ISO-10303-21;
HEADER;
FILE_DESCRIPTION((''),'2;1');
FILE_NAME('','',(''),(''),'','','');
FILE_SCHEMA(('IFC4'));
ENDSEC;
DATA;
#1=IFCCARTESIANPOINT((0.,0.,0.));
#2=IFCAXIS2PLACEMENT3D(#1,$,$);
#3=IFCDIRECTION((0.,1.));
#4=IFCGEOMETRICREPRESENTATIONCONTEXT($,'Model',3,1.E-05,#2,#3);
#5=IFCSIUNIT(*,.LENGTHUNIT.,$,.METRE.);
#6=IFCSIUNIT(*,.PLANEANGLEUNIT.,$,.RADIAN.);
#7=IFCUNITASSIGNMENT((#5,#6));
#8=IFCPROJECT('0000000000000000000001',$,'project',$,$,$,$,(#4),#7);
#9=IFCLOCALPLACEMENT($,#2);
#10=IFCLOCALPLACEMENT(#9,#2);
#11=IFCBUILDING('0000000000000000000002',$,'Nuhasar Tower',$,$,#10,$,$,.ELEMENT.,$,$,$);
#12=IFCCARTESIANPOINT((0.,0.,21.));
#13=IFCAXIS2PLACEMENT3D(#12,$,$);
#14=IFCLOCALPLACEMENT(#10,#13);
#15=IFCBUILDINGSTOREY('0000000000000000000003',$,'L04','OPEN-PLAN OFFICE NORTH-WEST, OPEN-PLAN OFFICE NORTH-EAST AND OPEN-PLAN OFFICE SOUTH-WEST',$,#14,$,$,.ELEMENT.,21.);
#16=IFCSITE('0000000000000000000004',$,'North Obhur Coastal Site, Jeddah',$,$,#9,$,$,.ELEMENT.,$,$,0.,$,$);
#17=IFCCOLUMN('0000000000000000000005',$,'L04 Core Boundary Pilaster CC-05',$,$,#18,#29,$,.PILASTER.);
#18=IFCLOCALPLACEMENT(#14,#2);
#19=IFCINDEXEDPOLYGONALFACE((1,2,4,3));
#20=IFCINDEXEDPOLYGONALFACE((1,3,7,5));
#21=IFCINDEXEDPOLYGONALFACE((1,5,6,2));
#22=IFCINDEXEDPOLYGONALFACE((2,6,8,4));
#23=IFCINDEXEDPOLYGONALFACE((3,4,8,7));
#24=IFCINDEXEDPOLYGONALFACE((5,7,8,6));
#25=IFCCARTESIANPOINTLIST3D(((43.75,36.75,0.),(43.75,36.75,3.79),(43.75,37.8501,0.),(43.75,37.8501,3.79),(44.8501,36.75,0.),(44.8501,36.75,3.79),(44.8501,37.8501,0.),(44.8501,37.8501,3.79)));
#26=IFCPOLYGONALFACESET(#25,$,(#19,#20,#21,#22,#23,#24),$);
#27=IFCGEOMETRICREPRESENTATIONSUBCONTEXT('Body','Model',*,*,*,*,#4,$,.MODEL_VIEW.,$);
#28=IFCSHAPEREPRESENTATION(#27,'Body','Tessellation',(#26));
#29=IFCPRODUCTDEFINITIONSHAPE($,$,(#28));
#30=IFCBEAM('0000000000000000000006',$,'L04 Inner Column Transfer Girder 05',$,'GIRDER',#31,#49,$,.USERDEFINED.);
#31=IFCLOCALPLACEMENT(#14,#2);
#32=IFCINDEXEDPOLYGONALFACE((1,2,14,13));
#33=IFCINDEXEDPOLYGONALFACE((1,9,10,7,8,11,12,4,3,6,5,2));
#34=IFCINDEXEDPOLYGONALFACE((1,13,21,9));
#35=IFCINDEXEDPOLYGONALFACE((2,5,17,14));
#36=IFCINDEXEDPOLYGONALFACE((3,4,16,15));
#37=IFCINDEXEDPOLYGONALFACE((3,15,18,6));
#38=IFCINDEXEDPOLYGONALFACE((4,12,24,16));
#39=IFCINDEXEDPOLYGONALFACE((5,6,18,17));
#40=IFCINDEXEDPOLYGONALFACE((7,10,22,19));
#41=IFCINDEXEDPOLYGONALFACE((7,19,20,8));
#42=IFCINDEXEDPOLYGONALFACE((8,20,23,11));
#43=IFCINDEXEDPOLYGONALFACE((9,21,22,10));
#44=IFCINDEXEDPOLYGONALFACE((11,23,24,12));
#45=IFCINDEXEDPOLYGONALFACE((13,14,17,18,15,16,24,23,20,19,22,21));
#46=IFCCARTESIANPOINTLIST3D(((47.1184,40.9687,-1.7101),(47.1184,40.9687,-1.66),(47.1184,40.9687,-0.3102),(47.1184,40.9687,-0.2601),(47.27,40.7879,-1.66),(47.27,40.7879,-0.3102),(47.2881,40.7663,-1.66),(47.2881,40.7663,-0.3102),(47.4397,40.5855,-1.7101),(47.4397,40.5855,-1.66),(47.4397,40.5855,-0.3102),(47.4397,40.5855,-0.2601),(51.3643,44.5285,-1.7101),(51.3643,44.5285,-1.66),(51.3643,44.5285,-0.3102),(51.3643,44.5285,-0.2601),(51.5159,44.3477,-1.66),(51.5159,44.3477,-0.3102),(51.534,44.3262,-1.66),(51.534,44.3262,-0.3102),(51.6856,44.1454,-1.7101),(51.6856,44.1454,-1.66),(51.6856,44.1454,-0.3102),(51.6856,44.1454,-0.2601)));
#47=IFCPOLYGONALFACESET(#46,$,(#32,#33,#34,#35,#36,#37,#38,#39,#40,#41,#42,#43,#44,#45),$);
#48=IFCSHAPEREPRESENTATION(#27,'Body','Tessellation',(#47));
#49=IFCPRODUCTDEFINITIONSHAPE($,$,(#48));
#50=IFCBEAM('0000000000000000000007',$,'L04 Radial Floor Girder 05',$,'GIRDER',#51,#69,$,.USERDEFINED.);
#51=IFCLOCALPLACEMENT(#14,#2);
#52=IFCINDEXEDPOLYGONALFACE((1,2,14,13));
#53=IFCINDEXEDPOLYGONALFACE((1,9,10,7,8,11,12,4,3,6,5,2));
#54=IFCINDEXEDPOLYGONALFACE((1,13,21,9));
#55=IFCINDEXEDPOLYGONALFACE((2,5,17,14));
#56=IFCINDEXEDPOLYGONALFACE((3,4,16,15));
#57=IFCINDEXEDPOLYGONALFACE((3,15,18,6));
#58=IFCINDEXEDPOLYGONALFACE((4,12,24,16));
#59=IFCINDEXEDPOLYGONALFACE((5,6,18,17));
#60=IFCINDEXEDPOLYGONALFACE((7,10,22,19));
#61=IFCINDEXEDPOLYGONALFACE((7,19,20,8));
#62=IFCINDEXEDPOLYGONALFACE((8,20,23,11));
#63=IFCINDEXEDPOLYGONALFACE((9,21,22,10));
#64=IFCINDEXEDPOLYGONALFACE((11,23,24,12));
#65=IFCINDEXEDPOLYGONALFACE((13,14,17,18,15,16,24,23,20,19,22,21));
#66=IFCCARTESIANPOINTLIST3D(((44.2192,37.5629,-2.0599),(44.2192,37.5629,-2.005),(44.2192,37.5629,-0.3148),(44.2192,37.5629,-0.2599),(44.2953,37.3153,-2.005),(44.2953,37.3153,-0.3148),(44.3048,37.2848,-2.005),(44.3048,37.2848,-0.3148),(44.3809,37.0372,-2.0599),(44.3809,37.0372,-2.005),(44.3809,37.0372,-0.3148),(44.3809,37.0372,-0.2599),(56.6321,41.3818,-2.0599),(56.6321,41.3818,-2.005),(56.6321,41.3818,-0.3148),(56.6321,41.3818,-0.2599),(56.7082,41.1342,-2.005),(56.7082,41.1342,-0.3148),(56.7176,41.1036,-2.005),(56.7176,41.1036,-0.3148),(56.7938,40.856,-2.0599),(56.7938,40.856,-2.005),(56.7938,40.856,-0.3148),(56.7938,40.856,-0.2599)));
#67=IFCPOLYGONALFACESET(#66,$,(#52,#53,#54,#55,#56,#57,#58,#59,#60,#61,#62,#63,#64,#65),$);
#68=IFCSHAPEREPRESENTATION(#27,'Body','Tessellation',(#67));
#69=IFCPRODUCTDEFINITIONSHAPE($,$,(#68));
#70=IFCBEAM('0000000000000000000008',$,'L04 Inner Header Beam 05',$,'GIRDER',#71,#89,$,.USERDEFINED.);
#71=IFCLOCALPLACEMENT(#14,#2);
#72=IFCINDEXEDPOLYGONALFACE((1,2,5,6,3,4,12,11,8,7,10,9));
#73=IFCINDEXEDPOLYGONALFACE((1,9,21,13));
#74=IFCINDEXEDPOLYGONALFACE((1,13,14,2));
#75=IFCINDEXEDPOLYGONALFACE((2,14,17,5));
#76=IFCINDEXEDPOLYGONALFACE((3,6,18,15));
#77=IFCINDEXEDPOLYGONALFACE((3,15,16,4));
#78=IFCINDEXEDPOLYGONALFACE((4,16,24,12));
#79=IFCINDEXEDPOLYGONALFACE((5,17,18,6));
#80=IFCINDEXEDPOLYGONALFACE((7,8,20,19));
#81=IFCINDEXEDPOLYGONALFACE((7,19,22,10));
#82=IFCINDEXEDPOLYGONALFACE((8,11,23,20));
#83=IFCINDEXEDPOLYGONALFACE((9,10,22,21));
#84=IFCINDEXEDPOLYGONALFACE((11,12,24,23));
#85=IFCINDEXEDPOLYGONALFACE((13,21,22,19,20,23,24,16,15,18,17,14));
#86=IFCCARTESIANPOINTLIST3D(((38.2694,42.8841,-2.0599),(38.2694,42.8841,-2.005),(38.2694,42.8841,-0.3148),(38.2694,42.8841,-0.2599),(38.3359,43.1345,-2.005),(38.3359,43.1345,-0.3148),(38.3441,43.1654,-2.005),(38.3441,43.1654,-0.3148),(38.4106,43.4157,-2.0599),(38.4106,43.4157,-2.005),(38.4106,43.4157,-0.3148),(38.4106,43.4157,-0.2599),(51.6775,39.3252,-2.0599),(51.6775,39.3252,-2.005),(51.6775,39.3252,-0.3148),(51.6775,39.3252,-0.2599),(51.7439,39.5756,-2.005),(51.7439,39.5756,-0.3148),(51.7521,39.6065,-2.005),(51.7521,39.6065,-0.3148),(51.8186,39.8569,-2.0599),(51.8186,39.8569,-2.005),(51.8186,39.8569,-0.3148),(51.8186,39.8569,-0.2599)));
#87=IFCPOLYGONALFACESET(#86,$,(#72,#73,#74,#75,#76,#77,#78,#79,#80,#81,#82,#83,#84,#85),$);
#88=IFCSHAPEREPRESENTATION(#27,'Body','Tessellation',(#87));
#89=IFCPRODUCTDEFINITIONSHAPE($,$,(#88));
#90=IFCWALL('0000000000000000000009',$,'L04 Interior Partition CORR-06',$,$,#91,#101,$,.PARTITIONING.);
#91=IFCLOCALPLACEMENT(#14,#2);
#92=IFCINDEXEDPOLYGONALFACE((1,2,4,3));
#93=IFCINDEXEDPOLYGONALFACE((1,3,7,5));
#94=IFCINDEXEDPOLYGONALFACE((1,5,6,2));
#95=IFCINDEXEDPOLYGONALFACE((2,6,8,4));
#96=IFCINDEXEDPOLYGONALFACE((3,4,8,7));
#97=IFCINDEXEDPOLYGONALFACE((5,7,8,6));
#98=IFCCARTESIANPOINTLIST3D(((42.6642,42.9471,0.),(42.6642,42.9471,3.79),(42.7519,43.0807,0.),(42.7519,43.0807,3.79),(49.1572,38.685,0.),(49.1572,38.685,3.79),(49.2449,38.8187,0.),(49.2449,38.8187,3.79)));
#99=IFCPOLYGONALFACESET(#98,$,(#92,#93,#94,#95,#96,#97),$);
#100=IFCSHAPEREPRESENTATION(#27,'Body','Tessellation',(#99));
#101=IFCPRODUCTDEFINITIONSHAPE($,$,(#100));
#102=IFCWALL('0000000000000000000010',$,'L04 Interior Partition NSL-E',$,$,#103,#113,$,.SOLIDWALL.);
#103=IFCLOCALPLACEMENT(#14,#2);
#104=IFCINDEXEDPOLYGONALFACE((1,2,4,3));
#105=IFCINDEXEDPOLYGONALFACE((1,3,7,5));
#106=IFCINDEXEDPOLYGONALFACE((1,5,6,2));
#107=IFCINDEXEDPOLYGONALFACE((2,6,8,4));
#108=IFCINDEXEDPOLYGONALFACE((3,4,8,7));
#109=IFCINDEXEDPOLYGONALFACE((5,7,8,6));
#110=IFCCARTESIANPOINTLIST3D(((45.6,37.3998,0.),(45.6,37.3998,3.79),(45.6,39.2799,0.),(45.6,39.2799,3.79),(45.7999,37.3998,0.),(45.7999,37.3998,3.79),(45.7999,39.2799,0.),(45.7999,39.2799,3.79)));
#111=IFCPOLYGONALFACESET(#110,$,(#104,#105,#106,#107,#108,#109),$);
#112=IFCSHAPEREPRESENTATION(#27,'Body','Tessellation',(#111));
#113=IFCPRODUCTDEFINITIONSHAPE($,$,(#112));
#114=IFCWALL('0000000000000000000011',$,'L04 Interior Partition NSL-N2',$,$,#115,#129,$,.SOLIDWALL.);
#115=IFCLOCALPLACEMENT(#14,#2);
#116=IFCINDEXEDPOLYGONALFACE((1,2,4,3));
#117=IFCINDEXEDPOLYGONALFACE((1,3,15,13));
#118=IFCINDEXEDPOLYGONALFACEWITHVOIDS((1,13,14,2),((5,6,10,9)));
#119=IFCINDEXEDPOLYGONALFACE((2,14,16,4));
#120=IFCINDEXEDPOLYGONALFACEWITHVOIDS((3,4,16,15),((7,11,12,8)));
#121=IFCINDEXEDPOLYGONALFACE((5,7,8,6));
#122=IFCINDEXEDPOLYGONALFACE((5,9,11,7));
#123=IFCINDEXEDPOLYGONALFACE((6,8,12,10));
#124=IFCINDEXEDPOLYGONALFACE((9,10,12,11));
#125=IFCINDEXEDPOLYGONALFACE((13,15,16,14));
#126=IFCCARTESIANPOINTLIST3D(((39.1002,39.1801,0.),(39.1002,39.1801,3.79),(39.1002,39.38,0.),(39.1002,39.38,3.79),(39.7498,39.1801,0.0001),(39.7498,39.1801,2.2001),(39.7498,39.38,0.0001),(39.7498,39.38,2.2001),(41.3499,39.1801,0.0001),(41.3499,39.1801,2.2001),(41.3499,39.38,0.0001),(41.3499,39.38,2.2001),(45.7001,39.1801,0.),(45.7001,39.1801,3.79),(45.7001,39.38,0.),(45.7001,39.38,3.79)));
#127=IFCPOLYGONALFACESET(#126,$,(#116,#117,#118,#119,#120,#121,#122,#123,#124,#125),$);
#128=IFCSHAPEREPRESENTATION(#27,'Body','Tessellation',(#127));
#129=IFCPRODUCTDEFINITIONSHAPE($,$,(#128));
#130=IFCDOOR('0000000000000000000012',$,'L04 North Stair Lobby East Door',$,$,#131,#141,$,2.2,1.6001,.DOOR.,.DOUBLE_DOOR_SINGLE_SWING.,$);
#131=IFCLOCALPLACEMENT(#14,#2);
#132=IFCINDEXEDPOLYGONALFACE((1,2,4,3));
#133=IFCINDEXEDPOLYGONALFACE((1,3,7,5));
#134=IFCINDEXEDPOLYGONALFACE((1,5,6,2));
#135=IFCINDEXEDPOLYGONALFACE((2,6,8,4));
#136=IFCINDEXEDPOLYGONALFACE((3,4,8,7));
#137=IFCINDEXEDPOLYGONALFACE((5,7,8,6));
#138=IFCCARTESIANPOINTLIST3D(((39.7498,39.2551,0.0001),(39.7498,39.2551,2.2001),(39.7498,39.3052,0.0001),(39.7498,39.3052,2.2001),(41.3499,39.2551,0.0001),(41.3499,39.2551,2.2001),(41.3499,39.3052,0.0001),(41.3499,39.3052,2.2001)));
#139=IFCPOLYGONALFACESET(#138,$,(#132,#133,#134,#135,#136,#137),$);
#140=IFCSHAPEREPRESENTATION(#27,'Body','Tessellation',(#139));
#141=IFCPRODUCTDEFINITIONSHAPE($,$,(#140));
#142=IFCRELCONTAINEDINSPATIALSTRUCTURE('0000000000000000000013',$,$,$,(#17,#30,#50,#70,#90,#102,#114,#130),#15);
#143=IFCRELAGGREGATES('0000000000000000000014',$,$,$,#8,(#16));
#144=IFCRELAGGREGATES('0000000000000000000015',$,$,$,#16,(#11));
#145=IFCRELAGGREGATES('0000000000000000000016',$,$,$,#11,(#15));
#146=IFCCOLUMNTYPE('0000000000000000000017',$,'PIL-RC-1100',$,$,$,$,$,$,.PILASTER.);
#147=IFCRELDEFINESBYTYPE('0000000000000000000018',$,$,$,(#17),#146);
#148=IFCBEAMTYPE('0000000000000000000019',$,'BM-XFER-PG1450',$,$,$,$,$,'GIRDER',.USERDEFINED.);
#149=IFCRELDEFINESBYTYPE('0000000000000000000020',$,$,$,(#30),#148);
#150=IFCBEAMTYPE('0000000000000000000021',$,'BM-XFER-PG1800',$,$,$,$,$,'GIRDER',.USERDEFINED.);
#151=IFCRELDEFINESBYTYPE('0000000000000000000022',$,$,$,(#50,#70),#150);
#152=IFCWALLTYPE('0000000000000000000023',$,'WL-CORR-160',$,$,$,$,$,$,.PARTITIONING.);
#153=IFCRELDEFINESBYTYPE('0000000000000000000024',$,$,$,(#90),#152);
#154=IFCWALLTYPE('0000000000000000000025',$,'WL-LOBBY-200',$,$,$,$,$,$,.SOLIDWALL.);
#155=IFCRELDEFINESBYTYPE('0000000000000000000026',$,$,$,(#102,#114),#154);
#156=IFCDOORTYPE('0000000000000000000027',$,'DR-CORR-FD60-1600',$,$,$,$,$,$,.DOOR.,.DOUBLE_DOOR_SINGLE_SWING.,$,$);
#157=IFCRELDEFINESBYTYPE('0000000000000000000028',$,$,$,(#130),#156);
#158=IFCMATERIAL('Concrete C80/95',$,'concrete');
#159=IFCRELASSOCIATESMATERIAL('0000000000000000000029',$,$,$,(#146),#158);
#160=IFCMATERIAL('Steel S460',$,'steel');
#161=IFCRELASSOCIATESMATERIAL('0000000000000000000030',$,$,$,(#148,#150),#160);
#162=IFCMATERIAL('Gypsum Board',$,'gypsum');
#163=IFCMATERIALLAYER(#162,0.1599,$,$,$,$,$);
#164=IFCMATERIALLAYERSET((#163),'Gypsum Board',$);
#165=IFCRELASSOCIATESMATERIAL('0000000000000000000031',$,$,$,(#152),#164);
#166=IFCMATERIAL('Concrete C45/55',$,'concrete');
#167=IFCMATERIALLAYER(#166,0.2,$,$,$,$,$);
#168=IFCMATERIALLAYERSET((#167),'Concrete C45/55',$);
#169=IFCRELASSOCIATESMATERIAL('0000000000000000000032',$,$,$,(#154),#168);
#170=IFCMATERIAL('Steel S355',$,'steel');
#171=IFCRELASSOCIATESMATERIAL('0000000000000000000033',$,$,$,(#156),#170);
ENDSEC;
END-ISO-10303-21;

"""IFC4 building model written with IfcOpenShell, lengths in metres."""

from ifc_helpers import new_model, si_unit, direction, frame, frame_2d, origin, origin_2d, place, context, subcontext, project, spatial, rectangle, i_section, extrude, material, layer, layer_set, material_profile, profile_set, type_object, element, fill, save


model = new_model("IFC4")

# Units and contexts
model_context = context("Model", 3, precision=1e-05, world=origin(), true_north=direction((0.0, 1.0)))
body_context = subcontext(model_context, "Body", "Model", "MODEL_VIEW")
ifc_project = project(units=[si_unit("LENGTHUNIT", "METRE"), si_unit("PLANEANGLEUNIT", "RADIAN")], contexts=[model_context])

# Site, building, storey
site_placement = place(None, origin())
site = spatial("IfcSite", under=ifc_project, at=site_placement, Name="North Obhur Coastal Site, Jeddah", CompositionType="ELEMENT", RefElevation=0.0)
building_placement = place(site_placement, origin())
building = spatial("IfcBuilding", under=site, at=building_placement, Name="Nuhasar Tower", CompositionType="ELEMENT")
storey_placement = place(building_placement, frame((0.0, 0.0, 21.0)))
storey = spatial("IfcBuildingStorey", under=building, at=storey_placement, Name="L04", Description="OPEN-PLAN OFFICE NORTH-WEST, OPEN-PLAN OFFICE NORTH-EAST AND OPEN-PLAN OFFICE SOUTH-WEST", CompositionType="ELEMENT", Elevation=21.0)

# Column
ifc_material_1 = material(Name="Concrete C80/95", Category="concrete")
ifc_material_profile_1 = material_profile(ifc_material_1, rectangle(XDim=1.1001, YDim=1.1001, at=origin_2d()), Name="RC1100X1100")
ifc_profile_set_1 = profile_set([ifc_material_profile_1], Name="Concrete C80/95")
column_type = type_object("IfcColumnType", Name="PIL-RC-1100", PredefinedType="PILASTER", material=ifc_profile_set_1)
column_placement = place(storey_placement, frame((44.3, 37.3, 0.0), z_axis=(0.0, 0.0, 1.0), x_axis=(1.0, 0.0, 0.0)))
element("IfcColumn", 1, at=column_placement, inside=storey, type_object=column_type, Name="L04 Core Boundary Pilaster CC-05", PredefinedType="PILASTER", context=body_context, shape_type="SweptSolid", body=[
    extrude(rectangle(XDim=1.1001, YDim=1.1001, at=origin_2d()), origin(), (0.0, 0.0, 1.0), 3.79),
])

# Beams
ifc_material_2 = material(Name="Steel S460", Category="steel")
ifc_material_profile_2 = material_profile(ifc_material_2, i_section(OverallWidth=0.5, OverallDepth=1.45, WebThickness=0.0281, FlangeThickness=0.05, at=origin_2d()), Name="PG1450X500")
ifc_profile_set_2 = profile_set([ifc_material_profile_2], Name="Steel S460")
beam_type_1 = type_object("IfcBeamType", Name="BM-XFER-PG1450", ElementType="GIRDER", PredefinedType="USERDEFINED", material=ifc_profile_set_2)
beam_1_placement = place(storey_placement, frame((47.2791, 40.7771, -0.9851), z_axis=(0.7663, 0.642483, 0.0), x_axis=(-0.642483, 0.7663, 0.0)))
element("IfcBeam", 2, at=beam_1_placement, inside=storey, type_object=beam_type_1, Name="L04 Inner Column Transfer Girder 05", ObjectType="GIRDER", PredefinedType="USERDEFINED", context=body_context, shape_type="SweptSolid", body=[
    extrude(i_section(OverallWidth=0.5, OverallDepth=1.45, WebThickness=0.0281, FlangeThickness=0.05, at=origin_2d()), origin(), (0.0, 0.0, 1.0), 5.5408),
])
ifc_material_profile_3 = material_profile(ifc_material_2, i_section(OverallWidth=0.55, OverallDepth=1.8, WebThickness=0.032, FlangeThickness=0.0549, at=origin_2d()), Name="PG1800X550")
ifc_profile_set_3 = profile_set([ifc_material_profile_3], Name="Steel S460")
beam_type_2 = type_object("IfcBeamType", Name="BM-XFER-PG1800", ElementType="GIRDER", PredefinedType="USERDEFINED", material=ifc_profile_set_3)
beam_2_placement = place(storey_placement, frame((44.3, 37.3, -1.1599), z_axis=(0.95579, 0.294052, 0.0), x_axis=(-0.294052, 0.95579, 0.0)))
element("IfcBeam", 3, at=beam_2_placement, inside=storey, type_object=beam_type_2, Name="L04 Radial Floor Girder 05", ObjectType="GIRDER", PredefinedType="USERDEFINED", context=body_context, shape_type="SweptSolid", body=[
    extrude(i_section(OverallWidth=0.55, OverallDepth=1.8, WebThickness=0.032, FlangeThickness=0.0549, at=origin_2d()), origin(), (0.0, 0.0, 1.0), 12.9871),
])
beam_3_placement = place(storey_placement, frame((51.748, 39.5911, -1.1599), z_axis=(-0.966533, 0.256544, 0.0), x_axis=(-0.256544, -0.966533, 0.0)))
element("IfcBeam", 4, at=beam_3_placement, inside=storey, type_object=beam_type_2, Name="L04 Inner Header Beam 05", ObjectType="GIRDER", PredefinedType="USERDEFINED", context=body_context, shape_type="SweptSolid", body=[
    extrude(i_section(OverallWidth=0.55, OverallDepth=1.8, WebThickness=0.032, FlangeThickness=0.0549, at=origin_2d()), origin(), (0.0, 0.0, 1.0), 13.8723),
])

# Shared definitions
ifc_material_3 = material(Name="Steel S355", Category="steel")

# Walls
ifc_material_4 = material(Name="Gypsum Board", Category="gypsum")
ifc_layer_1 = layer(ifc_material_4, 0.1599)
ifc_layer_set_1 = layer_set([ifc_layer_1], Name="Gypsum Board")
wall_type_1 = type_object("IfcWallType", Name="WL-CORR-160", PredefinedType="PARTITIONING", material=ifc_layer_set_1)
wall_1_placement = place(storey_placement, frame((49.2009, 38.752, 0.0), z_axis=(0.0, 0.0, 1.0), x_axis=(-0.83599, 0.548745, 0.0)))
element("IfcWall", 5, at=wall_1_placement, inside=storey, type_object=wall_type_1, Name="L04 Interior Partition CORR-06", PredefinedType="PARTITIONING", context=body_context, shape_type="SweptSolid", body=[
    extrude(rectangle(XDim=7.7668, YDim=0.1599, at=frame_2d((3.8833, 0.0))), origin(), (0.0, 0.0, 1.0), 3.79),
])
ifc_material_5 = material(Name="Concrete C45/55", Category="concrete")
ifc_layer_2 = layer(ifc_material_5, 0.2)
ifc_layer_set_2 = layer_set([ifc_layer_2], Name="Concrete C45/55")
wall_type_2 = type_object("IfcWallType", Name="WL-LOBBY-200", PredefinedType="SOLIDWALL", material=ifc_layer_set_2)
wall_2_placement = place(storey_placement, frame((45.7, 37.3999, 0.0), z_axis=(0.0, 0.0, 1.0), x_axis=(0.0, 1.0, 0.0)))
element("IfcWall", 6, at=wall_2_placement, inside=storey, type_object=wall_type_2, Name="L04 Interior Partition NSL-E", PredefinedType="SOLIDWALL", context=body_context, shape_type="SweptSolid", body=[
    extrude(rectangle(XDim=1.8801, YDim=0.2, at=frame_2d((0.9399, 0.0))), origin(), (0.0, 0.0, 1.0), 3.79),
])

# Wall, opening, door
wall_3_placement = place(storey_placement, frame((45.7, 39.28, 0.0), z_axis=(0.0, 0.0, 1.0), x_axis=(-1.0, 0.0, 0.0)))
wall_3 = element("IfcWall", 7, at=wall_3_placement, inside=storey, type_object=wall_type_2, Name="L04 Interior Partition NSL-N2", PredefinedType="SOLIDWALL", context=body_context, shape_type="SweptSolid", body=[
    extrude(rectangle(XDim=6.5999, YDim=0.2, at=frame_2d((3.2998, 0.0))), origin(), (0.0, 0.0, 1.0), 3.79),
])
opening_1_placement = place(wall_3_placement, frame((4.3501, 0.0, 0.0)))
opening_1 = element("IfcOpeningElement", 8, at=opening_1_placement, cuts=wall_3, PredefinedType="OPENING", context=body_context, shape_type="SweptSolid", body=[
    extrude(rectangle(XDim=1.6001, YDim=2.2, at=frame_2d((0.8, 1.1001))), frame((0.0, 0.1099, 0.0), z_axis=(0.0, -1.0, 0.0), x_axis=(1.0, 0.0, 0.0)), (0.0, 0.0, 1.0), 0.22),
])
door_type_1 = type_object("IfcDoorType", Name="DR-CORR-FD60-1600", OperationType="DOUBLE_DOOR_SINGLE_SWING", PredefinedType="DOOR", material=ifc_material_3)
door_1_placement = place(opening_1_placement, origin())
door_1 = element("IfcDoor", 9, at=door_1_placement, inside=storey, type_object=door_type_1, Name="L04 North Stair Lobby East Door", OperationType="DOUBLE_DOOR_SINGLE_SWING", OverallHeight=2.2, OverallWidth=1.6001, PredefinedType="DOOR", context=body_context, shape_type="SweptSolid", body=[
    extrude(rectangle(XDim=1.6001, YDim=2.2, at=frame_2d((0.8, 1.1001))), frame((0.0, 0.0249, 0.0), z_axis=(0.0, -1.0, 0.0), x_axis=(1.0, 0.0, 0.0)), (0.0, 0.0, 1.0), 0.05),
])
fill(opening_1, door_1)

save(model, "model.ifc")
